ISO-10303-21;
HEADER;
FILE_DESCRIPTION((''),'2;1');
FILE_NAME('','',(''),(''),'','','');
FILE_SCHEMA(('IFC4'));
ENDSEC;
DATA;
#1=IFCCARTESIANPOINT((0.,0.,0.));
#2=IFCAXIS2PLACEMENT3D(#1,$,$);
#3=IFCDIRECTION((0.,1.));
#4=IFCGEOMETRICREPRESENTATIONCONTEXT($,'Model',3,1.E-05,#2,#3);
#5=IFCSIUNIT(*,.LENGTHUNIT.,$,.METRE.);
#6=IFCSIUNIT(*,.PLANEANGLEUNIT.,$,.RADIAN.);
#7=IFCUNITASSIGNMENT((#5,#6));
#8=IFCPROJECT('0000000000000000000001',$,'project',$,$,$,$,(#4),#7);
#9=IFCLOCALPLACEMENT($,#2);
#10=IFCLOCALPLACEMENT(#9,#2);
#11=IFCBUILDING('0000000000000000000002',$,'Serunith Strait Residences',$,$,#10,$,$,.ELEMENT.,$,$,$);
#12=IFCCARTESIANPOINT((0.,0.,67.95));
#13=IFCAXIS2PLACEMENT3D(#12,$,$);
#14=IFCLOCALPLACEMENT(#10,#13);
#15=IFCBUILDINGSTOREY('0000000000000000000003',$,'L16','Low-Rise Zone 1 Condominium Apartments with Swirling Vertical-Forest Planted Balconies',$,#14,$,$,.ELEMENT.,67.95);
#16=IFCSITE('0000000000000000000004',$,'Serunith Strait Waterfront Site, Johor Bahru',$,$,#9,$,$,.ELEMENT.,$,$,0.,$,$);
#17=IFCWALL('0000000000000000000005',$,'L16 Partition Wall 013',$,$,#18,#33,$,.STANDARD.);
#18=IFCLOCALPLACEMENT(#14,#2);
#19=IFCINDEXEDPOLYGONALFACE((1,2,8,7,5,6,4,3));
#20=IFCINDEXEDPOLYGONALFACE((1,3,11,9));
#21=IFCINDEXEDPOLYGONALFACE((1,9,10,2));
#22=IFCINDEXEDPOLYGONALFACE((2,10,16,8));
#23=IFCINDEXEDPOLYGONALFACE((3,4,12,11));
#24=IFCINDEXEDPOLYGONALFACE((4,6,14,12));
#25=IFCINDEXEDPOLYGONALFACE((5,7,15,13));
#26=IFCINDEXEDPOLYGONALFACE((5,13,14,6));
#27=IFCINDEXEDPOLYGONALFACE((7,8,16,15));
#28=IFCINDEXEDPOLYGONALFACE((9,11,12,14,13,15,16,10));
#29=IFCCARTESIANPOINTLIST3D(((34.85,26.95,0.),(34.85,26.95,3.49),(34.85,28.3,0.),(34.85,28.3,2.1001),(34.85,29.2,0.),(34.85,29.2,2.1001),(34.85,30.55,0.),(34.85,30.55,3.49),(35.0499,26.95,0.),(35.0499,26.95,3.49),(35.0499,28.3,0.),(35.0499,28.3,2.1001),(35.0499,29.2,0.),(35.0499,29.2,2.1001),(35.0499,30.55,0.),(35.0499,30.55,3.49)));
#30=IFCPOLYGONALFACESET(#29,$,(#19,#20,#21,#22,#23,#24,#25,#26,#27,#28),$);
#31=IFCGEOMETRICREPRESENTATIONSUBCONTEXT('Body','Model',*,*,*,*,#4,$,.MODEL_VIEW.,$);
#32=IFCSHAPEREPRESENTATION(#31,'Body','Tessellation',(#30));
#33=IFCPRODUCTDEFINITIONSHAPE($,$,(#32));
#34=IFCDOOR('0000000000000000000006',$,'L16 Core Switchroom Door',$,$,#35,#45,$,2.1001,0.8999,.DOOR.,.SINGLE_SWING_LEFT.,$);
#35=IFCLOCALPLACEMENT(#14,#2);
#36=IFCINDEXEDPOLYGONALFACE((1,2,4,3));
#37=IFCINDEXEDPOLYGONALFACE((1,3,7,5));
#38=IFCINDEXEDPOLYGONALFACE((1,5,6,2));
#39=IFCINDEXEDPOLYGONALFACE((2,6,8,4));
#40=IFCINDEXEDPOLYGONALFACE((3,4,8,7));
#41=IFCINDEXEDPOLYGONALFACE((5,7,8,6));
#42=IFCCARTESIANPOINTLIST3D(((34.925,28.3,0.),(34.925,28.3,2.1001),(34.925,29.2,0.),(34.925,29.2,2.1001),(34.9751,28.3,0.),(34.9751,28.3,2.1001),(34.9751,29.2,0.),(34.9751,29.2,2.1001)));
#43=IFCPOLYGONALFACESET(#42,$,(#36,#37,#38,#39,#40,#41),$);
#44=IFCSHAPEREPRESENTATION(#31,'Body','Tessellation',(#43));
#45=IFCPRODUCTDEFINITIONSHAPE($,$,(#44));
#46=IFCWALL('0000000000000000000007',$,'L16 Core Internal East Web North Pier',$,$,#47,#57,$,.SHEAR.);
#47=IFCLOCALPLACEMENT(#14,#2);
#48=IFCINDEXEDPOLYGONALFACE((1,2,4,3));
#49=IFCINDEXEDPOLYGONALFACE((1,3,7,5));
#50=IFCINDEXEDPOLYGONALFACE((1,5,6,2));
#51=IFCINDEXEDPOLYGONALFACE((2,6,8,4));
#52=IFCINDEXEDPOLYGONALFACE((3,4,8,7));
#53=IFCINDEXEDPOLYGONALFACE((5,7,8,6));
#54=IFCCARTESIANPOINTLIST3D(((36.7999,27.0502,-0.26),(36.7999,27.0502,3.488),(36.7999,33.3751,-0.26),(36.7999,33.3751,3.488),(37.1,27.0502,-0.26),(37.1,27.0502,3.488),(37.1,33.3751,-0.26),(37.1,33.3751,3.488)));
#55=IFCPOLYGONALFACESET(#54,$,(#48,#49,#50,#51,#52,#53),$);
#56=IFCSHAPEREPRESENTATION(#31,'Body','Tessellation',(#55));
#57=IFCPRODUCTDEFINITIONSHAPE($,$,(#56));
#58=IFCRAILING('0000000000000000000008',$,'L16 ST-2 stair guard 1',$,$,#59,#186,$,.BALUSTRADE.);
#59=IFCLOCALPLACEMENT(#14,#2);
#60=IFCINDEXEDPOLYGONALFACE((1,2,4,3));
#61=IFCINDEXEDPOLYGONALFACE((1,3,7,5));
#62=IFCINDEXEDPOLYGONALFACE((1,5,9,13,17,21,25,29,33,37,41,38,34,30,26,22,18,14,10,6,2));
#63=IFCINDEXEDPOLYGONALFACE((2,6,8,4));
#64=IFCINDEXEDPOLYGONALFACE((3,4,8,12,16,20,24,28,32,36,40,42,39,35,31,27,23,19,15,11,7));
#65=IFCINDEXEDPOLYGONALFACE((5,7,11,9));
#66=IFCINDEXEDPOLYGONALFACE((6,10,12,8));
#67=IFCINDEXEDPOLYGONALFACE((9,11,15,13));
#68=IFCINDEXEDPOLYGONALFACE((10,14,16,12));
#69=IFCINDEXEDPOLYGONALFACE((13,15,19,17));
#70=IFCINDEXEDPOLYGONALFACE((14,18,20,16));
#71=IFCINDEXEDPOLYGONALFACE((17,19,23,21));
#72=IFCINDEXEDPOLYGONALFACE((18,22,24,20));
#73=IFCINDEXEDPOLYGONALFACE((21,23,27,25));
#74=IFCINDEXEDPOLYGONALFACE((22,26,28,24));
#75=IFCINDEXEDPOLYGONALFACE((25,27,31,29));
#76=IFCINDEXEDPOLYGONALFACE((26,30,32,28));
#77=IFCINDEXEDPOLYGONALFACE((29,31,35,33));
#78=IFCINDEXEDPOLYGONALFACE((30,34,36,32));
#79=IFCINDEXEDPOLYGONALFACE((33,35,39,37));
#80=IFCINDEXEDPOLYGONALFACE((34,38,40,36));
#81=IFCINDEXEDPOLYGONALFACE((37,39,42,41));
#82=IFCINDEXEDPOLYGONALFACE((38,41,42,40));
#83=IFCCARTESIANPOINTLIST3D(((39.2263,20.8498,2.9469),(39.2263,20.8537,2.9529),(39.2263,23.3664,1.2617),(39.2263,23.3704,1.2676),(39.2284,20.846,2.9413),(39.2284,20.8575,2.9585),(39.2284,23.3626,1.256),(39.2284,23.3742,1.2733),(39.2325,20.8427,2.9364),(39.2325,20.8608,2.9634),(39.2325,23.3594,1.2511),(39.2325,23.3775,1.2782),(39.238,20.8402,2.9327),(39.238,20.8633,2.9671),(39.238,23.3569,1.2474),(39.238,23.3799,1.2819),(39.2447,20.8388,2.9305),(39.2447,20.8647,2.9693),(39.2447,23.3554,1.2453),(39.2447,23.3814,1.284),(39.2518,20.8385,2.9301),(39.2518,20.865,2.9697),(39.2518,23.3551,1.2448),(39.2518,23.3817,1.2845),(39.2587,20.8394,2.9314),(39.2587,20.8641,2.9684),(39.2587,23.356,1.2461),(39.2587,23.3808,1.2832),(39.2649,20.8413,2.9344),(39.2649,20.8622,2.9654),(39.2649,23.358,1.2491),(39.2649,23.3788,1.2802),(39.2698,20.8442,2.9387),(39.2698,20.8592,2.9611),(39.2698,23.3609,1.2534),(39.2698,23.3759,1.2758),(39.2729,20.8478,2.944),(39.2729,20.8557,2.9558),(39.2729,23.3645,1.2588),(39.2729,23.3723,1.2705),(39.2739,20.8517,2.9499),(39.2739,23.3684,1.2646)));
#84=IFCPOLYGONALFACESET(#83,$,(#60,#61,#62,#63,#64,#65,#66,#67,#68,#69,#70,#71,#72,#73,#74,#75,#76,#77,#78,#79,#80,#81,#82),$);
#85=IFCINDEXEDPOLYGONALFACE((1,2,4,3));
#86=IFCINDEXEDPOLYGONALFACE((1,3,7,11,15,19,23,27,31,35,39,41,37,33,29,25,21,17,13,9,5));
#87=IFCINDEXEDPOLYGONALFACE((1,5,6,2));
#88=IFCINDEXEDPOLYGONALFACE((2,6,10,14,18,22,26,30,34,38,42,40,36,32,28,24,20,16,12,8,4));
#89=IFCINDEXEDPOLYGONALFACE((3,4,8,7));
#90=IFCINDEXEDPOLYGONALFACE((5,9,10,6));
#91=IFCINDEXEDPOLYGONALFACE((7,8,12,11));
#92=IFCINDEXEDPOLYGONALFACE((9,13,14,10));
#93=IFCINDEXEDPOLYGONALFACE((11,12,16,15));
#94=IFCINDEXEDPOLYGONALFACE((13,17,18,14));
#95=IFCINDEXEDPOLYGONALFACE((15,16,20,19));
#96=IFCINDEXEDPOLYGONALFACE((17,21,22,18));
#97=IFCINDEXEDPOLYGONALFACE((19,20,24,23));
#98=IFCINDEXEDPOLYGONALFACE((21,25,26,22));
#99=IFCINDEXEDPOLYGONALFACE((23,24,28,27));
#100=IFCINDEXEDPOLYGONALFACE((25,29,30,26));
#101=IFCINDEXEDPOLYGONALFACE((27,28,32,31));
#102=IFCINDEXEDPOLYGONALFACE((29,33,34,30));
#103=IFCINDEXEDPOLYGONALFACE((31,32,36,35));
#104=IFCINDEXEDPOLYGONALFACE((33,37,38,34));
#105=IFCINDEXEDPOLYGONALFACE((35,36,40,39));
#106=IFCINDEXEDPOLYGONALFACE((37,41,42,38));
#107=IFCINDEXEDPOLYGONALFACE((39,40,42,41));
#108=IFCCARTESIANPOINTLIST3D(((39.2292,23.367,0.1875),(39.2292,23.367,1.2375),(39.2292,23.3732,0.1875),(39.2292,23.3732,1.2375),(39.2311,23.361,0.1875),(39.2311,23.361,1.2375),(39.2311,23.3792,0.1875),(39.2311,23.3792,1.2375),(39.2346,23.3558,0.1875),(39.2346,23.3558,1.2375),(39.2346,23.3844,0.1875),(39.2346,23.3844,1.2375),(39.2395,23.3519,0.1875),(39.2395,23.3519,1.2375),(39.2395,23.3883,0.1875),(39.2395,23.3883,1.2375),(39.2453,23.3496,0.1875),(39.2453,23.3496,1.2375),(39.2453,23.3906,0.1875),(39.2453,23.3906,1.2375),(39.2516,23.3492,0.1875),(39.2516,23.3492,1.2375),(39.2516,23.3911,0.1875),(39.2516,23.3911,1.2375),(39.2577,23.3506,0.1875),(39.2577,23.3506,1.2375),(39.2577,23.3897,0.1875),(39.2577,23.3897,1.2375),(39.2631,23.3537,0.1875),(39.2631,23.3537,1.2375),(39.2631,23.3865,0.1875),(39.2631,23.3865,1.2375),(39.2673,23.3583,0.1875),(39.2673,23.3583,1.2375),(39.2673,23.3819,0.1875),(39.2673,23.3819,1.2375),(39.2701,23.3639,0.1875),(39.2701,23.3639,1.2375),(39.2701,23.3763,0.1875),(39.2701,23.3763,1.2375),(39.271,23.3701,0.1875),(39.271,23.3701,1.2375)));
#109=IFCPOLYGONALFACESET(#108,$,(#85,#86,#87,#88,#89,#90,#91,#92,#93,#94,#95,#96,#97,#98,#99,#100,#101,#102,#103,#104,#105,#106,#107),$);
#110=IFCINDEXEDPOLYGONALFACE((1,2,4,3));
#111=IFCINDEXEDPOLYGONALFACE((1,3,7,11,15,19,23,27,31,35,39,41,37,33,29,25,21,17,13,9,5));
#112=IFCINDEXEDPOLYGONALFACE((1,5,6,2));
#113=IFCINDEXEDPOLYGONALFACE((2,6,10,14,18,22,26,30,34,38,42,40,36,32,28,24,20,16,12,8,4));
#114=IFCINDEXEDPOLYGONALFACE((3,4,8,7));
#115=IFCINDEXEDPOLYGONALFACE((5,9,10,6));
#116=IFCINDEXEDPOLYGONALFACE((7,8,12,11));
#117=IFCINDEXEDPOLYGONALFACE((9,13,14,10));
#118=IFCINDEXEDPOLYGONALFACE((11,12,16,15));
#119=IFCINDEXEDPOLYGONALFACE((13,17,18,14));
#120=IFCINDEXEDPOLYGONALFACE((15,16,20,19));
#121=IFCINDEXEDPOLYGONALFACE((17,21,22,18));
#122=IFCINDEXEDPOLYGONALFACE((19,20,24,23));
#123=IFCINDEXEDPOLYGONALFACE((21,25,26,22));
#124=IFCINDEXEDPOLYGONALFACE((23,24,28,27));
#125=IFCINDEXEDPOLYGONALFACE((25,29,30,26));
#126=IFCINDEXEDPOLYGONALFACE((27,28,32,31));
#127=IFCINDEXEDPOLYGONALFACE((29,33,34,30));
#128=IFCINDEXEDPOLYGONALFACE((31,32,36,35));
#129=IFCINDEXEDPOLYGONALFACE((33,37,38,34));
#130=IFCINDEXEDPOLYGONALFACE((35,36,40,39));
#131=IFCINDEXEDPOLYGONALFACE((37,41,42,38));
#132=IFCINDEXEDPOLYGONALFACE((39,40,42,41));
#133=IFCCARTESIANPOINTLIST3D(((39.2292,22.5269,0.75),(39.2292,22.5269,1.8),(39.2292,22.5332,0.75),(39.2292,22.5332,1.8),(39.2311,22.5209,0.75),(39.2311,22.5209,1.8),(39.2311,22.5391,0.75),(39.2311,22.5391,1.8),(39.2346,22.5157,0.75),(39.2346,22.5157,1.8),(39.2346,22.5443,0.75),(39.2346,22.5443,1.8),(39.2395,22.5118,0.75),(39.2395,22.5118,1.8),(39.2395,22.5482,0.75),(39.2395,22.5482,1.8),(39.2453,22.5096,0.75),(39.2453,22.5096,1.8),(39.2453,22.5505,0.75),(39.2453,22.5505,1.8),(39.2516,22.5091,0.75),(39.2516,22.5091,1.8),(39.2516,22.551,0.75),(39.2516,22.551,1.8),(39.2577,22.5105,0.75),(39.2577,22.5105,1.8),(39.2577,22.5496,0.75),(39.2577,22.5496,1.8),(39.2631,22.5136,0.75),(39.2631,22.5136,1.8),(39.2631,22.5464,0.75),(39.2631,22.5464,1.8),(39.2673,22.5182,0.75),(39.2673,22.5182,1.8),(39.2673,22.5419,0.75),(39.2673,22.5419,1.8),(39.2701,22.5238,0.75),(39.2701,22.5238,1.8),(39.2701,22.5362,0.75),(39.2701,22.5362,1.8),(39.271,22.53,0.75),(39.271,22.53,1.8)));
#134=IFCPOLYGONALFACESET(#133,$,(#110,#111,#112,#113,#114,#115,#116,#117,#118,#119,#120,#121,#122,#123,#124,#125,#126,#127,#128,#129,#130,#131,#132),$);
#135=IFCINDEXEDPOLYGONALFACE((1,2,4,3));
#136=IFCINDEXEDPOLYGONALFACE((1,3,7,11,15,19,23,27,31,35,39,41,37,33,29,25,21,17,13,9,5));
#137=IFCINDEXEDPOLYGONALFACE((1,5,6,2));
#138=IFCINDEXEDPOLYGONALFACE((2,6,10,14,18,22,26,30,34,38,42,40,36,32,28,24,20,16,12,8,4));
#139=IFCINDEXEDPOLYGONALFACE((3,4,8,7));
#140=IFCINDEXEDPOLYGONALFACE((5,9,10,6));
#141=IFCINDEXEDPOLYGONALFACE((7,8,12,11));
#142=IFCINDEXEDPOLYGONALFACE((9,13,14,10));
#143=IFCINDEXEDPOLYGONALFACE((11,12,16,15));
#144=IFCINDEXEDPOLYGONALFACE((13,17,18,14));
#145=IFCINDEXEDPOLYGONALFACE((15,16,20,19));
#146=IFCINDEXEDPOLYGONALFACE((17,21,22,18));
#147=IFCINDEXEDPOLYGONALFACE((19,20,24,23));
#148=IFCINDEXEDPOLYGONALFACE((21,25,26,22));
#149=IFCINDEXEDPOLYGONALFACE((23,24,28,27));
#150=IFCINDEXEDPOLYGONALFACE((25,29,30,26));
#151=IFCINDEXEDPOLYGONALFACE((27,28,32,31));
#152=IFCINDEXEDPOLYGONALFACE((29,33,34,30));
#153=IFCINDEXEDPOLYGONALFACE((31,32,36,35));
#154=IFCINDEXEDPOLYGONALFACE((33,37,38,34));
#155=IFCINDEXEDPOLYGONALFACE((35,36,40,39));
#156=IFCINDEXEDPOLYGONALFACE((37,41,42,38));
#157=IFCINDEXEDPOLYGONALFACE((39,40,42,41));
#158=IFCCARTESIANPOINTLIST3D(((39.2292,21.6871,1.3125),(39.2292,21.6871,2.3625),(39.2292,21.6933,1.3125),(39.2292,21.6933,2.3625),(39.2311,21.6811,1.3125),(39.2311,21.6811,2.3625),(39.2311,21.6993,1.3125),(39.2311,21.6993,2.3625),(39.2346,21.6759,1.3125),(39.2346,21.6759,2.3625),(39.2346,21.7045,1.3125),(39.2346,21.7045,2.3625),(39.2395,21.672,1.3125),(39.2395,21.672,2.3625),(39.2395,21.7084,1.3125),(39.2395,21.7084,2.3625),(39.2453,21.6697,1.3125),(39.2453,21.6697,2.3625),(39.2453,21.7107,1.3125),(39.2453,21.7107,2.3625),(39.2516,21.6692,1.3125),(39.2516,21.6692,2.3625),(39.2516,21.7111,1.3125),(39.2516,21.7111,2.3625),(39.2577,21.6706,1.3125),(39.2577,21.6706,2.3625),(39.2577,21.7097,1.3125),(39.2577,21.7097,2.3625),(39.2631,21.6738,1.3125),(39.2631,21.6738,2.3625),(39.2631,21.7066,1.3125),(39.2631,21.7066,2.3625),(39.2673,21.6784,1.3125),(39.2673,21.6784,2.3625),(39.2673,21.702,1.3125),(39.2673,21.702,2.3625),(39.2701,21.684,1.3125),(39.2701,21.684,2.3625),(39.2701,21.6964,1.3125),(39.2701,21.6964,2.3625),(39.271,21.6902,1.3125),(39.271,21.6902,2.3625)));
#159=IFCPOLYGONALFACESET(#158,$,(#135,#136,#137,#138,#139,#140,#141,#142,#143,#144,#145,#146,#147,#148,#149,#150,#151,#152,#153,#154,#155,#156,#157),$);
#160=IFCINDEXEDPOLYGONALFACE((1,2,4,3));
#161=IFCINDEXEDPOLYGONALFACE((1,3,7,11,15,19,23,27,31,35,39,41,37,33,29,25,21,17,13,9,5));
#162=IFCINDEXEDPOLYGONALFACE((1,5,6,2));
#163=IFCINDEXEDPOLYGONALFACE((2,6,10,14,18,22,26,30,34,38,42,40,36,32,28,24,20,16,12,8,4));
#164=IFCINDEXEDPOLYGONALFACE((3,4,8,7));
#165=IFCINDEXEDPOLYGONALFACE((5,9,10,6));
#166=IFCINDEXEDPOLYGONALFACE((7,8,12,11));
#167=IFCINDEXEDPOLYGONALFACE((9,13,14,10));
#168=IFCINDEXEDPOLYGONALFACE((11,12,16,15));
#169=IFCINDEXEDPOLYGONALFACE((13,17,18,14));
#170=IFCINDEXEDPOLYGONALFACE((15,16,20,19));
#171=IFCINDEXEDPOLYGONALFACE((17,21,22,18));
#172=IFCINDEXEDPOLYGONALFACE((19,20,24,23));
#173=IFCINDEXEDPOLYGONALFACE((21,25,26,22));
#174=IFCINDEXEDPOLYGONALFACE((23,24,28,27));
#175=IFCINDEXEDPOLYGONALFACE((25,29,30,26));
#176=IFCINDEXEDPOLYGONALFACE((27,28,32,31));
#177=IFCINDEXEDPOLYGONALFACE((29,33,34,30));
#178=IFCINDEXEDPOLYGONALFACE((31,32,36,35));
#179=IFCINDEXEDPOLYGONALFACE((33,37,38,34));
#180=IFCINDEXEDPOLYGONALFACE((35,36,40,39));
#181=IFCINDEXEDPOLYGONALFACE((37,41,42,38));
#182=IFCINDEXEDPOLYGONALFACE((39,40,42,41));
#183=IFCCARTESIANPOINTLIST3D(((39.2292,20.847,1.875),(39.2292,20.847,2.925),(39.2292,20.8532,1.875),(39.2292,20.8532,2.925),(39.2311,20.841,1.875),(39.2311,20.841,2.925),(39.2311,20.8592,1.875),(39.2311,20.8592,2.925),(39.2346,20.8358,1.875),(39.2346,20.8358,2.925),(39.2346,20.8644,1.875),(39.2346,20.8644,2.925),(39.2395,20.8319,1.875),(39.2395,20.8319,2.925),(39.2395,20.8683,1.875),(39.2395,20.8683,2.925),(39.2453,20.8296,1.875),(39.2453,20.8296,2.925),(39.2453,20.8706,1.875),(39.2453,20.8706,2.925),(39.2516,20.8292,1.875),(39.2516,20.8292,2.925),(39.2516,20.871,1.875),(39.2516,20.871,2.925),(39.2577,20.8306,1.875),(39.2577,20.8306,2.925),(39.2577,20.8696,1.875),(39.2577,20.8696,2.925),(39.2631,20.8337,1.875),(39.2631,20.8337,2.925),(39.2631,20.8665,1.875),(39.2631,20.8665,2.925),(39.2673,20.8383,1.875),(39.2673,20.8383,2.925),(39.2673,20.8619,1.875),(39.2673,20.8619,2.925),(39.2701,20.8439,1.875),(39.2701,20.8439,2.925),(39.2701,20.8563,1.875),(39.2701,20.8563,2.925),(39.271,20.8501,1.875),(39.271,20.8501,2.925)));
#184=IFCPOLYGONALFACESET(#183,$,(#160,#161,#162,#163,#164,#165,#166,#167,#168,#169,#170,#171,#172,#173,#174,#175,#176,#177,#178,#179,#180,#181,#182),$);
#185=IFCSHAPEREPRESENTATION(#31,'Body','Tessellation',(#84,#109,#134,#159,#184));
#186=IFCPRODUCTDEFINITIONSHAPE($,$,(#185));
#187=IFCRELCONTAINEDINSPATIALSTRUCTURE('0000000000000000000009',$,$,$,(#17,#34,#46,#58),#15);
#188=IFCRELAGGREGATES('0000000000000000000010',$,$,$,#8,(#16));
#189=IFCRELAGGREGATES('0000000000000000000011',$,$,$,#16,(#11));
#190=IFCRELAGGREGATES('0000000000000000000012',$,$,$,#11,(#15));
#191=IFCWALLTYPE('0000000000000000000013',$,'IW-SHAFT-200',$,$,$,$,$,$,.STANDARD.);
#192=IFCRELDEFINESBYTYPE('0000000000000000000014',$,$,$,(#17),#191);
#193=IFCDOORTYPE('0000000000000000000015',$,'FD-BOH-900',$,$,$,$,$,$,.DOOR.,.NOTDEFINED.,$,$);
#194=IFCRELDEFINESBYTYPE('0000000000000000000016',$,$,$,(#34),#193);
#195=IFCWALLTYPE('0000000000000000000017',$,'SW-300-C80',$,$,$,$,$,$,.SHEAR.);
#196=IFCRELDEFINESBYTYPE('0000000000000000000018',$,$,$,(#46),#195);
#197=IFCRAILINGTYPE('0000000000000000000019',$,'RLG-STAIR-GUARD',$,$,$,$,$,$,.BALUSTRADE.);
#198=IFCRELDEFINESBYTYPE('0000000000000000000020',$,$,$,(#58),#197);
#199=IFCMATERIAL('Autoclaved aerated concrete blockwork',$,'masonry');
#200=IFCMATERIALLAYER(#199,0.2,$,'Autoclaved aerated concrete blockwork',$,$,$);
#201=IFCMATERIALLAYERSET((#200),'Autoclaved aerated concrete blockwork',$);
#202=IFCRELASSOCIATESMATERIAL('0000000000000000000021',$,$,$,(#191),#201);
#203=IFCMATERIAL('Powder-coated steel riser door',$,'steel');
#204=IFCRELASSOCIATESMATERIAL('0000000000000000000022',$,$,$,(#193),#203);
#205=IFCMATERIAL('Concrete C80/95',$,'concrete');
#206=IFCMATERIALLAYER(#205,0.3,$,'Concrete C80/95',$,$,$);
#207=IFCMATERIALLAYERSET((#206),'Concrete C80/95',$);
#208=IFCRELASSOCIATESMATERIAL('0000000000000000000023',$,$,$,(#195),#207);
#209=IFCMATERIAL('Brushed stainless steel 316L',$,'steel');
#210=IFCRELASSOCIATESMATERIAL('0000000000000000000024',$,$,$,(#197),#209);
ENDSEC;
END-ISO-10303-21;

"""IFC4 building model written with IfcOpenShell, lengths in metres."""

from ifc_helpers import new_model, si_unit, direction, frame, frame_2d, origin, origin_2d, place, context, subcontext, project, spatial, rectangle, circle, extrude, source, transform, mapped, material, layer, layer_set, type_object, element, fill, save


model = new_model("IFC4")

# Units and contexts
model_context = context("Model", 3, precision=1e-05, world=origin(), true_north=direction((0.0, 1.0)))
body_context = subcontext(model_context, "Body", "Model", "MODEL_VIEW")
ifc_project = project(units=[si_unit("LENGTHUNIT", "METRE"), si_unit("PLANEANGLEUNIT", "RADIAN")], contexts=[model_context])

# Site, building, storey
site_placement = place(None, origin())
site = spatial("IfcSite", under=ifc_project, at=site_placement, Name="Serunith Strait Waterfront Site, Johor Bahru", CompositionType="ELEMENT", RefElevation=0.0)
building_placement = place(site_placement, origin())
building = spatial("IfcBuilding", under=site, at=building_placement, Name="Serunith Strait Residences", CompositionType="ELEMENT")
storey_placement = place(building_placement, frame((0.0, 0.0, 67.95)))
storey = spatial("IfcBuildingStorey", under=building, at=storey_placement, Name="L16", Description="Low-Rise Zone 1 Condominium Apartments with Swirling Vertical-Forest Planted Balconies", CompositionType="ELEMENT", Elevation=67.95)

# Shared definitions
shared_shape_1 = source(origin(), body_context, "Body", "SweptSolid", [
    extrude(rectangle(XDim=0.8999, YDim=2.1001, at=frame_2d((0.45, 1.05))), frame((0.0, 0.0249, 0.0), z_axis=(0.0, -1.0, 0.0), x_axis=(1.0, 0.0, 0.0)), (0.0, 0.0, 1.0), 0.05),
])

# Shared definitions
ifc_material_1 = material(Name="Autoclaved aerated concrete blockwork", Category="masonry")
ifc_layer_1 = layer(ifc_material_1, 0.2, Name="Autoclaved aerated concrete blockwork")
ifc_layer_set_1 = layer_set([ifc_layer_1], Name="Autoclaved aerated concrete blockwork")
wall_type_1 = type_object("IfcWallType", Name="IW-SHAFT-200", PredefinedType="STANDARD", material=ifc_layer_set_1)

# Wall, opening, door
wall_1_placement = place(storey_placement, frame((34.95, 26.95, 0.0), z_axis=(0.0, 0.0, 1.0), x_axis=(0.0, 1.0, 0.0)))
wall_1 = element("IfcWall", 1, at=wall_1_placement, inside=storey, type_object=wall_type_1, Name="L16 Partition Wall 013", PredefinedType="STANDARD", context=body_context, shape_type="SweptSolid", body=[
    extrude(rectangle(XDim=3.6001, YDim=0.2, at=frame_2d((1.8, 0.0))), origin(), (0.0, 0.0, 1.0), 3.49),
])
opening_1_placement = place(wall_1_placement, frame((1.3501, 0.0, 0.0)))
opening_1 = element("IfcOpeningElement", 2, at=opening_1_placement, cuts=wall_1, PredefinedType="OPENING", context=body_context, shape_type="SweptSolid", body=[
    extrude(rectangle(XDim=0.8999, YDim=2.1001, at=frame_2d((0.45, 1.05))), frame((0.0, 0.1099, 0.0), z_axis=(0.0, -1.0, 0.0), x_axis=(1.0, 0.0, 0.0)), (0.0, 0.0, 1.0), 0.22),
])
ifc_material_2 = material(Name="Powder-coated steel riser door", Category="steel")
door_type_1 = type_object("IfcDoorType", Name="FD-BOH-900", OperationType="NOTDEFINED", PredefinedType="DOOR", material=ifc_material_2)
door_1_placement = place(opening_1_placement, origin())
door_1 = element("IfcDoor", 3, at=door_1_placement, inside=storey, type_object=door_type_1, Name="L16 Core Switchroom Door", OperationType="SINGLE_SWING_LEFT", OverallHeight=2.1001, OverallWidth=0.8999, PredefinedType="DOOR", context=body_context, shape_type="MappedRepresentation", body=[
    mapped(shared_shape_1, transform((0.0, 0.0, 0.0), scale=1.0)),
])
fill(opening_1, door_1)

# Wall
ifc_material_3 = material(Name="Concrete C80/95", Category="concrete")
ifc_layer_2 = layer(ifc_material_3, 0.3, Name="Concrete C80/95")
ifc_layer_set_2 = layer_set([ifc_layer_2], Name="Concrete C80/95")
wall_type_2 = type_object("IfcWallType", Name="SW-300-C80", PredefinedType="SHEAR", material=ifc_layer_set_2)
wall_2_placement = place(storey_placement, frame((36.95, 27.05, -0.26), z_axis=(0.0, 0.0, 1.0), x_axis=(0.0, 1.0, 0.0)))
element("IfcWall", 4, at=wall_2_placement, inside=storey, type_object=wall_type_2, Name="L16 Core Internal East Web North Pier", PredefinedType="SHEAR", context=body_context, shape_type="SweptSolid", body=[
    extrude(rectangle(XDim=6.325, YDim=0.3, at=frame_2d((3.1626, 0.0))), origin(), (0.0, 0.0, 1.0), 3.748),
])

# Railing
ifc_material_4 = material(Name="Brushed stainless steel 316L", Category="steel")
railing_type = type_object("IfcRailingType", Name="RLG-STAIR-GUARD", PredefinedType="BALUSTRADE", material=ifc_material_4)
railing_1_placement = place(storey_placement, frame((39.25, 23.3701, 0.1875)))
element("IfcRailing", 5, at=railing_1_placement, inside=storey, type_object=railing_type, Name="L16 ST-2 stair guard 1", PredefinedType="BALUSTRADE", context=body_context, shape_type="SweptSolid", body=[
    extrude(circle(Radius=0.0239, at=origin_2d()), frame((0.0, -0.0017, 1.0771), z_axis=(0.0, -0.830909, 0.556408), x_axis=(1.0, 0.0, 0.0)), (0.0, 0.0, 1.0), 3.0288),
    extrude(circle(Radius=0.021, at=origin_2d()), origin(), (0.0, 0.0, 1.0), 1.05),
    extrude(circle(Radius=0.021, at=origin_2d()), frame((0.0, -0.8401, 0.5625)), (0.0, 0.0, 1.0), 1.05),
    extrude(circle(Radius=0.021, at=origin_2d()), frame((0.0, -1.6799, 1.125)), (0.0, 0.0, 1.0), 1.05),
    extrude(circle(Radius=0.021, at=origin_2d()), frame((0.0, -2.52, 1.6875)), (0.0, 0.0, 1.0), 1.05),
])

save(model, "model.ifc")
